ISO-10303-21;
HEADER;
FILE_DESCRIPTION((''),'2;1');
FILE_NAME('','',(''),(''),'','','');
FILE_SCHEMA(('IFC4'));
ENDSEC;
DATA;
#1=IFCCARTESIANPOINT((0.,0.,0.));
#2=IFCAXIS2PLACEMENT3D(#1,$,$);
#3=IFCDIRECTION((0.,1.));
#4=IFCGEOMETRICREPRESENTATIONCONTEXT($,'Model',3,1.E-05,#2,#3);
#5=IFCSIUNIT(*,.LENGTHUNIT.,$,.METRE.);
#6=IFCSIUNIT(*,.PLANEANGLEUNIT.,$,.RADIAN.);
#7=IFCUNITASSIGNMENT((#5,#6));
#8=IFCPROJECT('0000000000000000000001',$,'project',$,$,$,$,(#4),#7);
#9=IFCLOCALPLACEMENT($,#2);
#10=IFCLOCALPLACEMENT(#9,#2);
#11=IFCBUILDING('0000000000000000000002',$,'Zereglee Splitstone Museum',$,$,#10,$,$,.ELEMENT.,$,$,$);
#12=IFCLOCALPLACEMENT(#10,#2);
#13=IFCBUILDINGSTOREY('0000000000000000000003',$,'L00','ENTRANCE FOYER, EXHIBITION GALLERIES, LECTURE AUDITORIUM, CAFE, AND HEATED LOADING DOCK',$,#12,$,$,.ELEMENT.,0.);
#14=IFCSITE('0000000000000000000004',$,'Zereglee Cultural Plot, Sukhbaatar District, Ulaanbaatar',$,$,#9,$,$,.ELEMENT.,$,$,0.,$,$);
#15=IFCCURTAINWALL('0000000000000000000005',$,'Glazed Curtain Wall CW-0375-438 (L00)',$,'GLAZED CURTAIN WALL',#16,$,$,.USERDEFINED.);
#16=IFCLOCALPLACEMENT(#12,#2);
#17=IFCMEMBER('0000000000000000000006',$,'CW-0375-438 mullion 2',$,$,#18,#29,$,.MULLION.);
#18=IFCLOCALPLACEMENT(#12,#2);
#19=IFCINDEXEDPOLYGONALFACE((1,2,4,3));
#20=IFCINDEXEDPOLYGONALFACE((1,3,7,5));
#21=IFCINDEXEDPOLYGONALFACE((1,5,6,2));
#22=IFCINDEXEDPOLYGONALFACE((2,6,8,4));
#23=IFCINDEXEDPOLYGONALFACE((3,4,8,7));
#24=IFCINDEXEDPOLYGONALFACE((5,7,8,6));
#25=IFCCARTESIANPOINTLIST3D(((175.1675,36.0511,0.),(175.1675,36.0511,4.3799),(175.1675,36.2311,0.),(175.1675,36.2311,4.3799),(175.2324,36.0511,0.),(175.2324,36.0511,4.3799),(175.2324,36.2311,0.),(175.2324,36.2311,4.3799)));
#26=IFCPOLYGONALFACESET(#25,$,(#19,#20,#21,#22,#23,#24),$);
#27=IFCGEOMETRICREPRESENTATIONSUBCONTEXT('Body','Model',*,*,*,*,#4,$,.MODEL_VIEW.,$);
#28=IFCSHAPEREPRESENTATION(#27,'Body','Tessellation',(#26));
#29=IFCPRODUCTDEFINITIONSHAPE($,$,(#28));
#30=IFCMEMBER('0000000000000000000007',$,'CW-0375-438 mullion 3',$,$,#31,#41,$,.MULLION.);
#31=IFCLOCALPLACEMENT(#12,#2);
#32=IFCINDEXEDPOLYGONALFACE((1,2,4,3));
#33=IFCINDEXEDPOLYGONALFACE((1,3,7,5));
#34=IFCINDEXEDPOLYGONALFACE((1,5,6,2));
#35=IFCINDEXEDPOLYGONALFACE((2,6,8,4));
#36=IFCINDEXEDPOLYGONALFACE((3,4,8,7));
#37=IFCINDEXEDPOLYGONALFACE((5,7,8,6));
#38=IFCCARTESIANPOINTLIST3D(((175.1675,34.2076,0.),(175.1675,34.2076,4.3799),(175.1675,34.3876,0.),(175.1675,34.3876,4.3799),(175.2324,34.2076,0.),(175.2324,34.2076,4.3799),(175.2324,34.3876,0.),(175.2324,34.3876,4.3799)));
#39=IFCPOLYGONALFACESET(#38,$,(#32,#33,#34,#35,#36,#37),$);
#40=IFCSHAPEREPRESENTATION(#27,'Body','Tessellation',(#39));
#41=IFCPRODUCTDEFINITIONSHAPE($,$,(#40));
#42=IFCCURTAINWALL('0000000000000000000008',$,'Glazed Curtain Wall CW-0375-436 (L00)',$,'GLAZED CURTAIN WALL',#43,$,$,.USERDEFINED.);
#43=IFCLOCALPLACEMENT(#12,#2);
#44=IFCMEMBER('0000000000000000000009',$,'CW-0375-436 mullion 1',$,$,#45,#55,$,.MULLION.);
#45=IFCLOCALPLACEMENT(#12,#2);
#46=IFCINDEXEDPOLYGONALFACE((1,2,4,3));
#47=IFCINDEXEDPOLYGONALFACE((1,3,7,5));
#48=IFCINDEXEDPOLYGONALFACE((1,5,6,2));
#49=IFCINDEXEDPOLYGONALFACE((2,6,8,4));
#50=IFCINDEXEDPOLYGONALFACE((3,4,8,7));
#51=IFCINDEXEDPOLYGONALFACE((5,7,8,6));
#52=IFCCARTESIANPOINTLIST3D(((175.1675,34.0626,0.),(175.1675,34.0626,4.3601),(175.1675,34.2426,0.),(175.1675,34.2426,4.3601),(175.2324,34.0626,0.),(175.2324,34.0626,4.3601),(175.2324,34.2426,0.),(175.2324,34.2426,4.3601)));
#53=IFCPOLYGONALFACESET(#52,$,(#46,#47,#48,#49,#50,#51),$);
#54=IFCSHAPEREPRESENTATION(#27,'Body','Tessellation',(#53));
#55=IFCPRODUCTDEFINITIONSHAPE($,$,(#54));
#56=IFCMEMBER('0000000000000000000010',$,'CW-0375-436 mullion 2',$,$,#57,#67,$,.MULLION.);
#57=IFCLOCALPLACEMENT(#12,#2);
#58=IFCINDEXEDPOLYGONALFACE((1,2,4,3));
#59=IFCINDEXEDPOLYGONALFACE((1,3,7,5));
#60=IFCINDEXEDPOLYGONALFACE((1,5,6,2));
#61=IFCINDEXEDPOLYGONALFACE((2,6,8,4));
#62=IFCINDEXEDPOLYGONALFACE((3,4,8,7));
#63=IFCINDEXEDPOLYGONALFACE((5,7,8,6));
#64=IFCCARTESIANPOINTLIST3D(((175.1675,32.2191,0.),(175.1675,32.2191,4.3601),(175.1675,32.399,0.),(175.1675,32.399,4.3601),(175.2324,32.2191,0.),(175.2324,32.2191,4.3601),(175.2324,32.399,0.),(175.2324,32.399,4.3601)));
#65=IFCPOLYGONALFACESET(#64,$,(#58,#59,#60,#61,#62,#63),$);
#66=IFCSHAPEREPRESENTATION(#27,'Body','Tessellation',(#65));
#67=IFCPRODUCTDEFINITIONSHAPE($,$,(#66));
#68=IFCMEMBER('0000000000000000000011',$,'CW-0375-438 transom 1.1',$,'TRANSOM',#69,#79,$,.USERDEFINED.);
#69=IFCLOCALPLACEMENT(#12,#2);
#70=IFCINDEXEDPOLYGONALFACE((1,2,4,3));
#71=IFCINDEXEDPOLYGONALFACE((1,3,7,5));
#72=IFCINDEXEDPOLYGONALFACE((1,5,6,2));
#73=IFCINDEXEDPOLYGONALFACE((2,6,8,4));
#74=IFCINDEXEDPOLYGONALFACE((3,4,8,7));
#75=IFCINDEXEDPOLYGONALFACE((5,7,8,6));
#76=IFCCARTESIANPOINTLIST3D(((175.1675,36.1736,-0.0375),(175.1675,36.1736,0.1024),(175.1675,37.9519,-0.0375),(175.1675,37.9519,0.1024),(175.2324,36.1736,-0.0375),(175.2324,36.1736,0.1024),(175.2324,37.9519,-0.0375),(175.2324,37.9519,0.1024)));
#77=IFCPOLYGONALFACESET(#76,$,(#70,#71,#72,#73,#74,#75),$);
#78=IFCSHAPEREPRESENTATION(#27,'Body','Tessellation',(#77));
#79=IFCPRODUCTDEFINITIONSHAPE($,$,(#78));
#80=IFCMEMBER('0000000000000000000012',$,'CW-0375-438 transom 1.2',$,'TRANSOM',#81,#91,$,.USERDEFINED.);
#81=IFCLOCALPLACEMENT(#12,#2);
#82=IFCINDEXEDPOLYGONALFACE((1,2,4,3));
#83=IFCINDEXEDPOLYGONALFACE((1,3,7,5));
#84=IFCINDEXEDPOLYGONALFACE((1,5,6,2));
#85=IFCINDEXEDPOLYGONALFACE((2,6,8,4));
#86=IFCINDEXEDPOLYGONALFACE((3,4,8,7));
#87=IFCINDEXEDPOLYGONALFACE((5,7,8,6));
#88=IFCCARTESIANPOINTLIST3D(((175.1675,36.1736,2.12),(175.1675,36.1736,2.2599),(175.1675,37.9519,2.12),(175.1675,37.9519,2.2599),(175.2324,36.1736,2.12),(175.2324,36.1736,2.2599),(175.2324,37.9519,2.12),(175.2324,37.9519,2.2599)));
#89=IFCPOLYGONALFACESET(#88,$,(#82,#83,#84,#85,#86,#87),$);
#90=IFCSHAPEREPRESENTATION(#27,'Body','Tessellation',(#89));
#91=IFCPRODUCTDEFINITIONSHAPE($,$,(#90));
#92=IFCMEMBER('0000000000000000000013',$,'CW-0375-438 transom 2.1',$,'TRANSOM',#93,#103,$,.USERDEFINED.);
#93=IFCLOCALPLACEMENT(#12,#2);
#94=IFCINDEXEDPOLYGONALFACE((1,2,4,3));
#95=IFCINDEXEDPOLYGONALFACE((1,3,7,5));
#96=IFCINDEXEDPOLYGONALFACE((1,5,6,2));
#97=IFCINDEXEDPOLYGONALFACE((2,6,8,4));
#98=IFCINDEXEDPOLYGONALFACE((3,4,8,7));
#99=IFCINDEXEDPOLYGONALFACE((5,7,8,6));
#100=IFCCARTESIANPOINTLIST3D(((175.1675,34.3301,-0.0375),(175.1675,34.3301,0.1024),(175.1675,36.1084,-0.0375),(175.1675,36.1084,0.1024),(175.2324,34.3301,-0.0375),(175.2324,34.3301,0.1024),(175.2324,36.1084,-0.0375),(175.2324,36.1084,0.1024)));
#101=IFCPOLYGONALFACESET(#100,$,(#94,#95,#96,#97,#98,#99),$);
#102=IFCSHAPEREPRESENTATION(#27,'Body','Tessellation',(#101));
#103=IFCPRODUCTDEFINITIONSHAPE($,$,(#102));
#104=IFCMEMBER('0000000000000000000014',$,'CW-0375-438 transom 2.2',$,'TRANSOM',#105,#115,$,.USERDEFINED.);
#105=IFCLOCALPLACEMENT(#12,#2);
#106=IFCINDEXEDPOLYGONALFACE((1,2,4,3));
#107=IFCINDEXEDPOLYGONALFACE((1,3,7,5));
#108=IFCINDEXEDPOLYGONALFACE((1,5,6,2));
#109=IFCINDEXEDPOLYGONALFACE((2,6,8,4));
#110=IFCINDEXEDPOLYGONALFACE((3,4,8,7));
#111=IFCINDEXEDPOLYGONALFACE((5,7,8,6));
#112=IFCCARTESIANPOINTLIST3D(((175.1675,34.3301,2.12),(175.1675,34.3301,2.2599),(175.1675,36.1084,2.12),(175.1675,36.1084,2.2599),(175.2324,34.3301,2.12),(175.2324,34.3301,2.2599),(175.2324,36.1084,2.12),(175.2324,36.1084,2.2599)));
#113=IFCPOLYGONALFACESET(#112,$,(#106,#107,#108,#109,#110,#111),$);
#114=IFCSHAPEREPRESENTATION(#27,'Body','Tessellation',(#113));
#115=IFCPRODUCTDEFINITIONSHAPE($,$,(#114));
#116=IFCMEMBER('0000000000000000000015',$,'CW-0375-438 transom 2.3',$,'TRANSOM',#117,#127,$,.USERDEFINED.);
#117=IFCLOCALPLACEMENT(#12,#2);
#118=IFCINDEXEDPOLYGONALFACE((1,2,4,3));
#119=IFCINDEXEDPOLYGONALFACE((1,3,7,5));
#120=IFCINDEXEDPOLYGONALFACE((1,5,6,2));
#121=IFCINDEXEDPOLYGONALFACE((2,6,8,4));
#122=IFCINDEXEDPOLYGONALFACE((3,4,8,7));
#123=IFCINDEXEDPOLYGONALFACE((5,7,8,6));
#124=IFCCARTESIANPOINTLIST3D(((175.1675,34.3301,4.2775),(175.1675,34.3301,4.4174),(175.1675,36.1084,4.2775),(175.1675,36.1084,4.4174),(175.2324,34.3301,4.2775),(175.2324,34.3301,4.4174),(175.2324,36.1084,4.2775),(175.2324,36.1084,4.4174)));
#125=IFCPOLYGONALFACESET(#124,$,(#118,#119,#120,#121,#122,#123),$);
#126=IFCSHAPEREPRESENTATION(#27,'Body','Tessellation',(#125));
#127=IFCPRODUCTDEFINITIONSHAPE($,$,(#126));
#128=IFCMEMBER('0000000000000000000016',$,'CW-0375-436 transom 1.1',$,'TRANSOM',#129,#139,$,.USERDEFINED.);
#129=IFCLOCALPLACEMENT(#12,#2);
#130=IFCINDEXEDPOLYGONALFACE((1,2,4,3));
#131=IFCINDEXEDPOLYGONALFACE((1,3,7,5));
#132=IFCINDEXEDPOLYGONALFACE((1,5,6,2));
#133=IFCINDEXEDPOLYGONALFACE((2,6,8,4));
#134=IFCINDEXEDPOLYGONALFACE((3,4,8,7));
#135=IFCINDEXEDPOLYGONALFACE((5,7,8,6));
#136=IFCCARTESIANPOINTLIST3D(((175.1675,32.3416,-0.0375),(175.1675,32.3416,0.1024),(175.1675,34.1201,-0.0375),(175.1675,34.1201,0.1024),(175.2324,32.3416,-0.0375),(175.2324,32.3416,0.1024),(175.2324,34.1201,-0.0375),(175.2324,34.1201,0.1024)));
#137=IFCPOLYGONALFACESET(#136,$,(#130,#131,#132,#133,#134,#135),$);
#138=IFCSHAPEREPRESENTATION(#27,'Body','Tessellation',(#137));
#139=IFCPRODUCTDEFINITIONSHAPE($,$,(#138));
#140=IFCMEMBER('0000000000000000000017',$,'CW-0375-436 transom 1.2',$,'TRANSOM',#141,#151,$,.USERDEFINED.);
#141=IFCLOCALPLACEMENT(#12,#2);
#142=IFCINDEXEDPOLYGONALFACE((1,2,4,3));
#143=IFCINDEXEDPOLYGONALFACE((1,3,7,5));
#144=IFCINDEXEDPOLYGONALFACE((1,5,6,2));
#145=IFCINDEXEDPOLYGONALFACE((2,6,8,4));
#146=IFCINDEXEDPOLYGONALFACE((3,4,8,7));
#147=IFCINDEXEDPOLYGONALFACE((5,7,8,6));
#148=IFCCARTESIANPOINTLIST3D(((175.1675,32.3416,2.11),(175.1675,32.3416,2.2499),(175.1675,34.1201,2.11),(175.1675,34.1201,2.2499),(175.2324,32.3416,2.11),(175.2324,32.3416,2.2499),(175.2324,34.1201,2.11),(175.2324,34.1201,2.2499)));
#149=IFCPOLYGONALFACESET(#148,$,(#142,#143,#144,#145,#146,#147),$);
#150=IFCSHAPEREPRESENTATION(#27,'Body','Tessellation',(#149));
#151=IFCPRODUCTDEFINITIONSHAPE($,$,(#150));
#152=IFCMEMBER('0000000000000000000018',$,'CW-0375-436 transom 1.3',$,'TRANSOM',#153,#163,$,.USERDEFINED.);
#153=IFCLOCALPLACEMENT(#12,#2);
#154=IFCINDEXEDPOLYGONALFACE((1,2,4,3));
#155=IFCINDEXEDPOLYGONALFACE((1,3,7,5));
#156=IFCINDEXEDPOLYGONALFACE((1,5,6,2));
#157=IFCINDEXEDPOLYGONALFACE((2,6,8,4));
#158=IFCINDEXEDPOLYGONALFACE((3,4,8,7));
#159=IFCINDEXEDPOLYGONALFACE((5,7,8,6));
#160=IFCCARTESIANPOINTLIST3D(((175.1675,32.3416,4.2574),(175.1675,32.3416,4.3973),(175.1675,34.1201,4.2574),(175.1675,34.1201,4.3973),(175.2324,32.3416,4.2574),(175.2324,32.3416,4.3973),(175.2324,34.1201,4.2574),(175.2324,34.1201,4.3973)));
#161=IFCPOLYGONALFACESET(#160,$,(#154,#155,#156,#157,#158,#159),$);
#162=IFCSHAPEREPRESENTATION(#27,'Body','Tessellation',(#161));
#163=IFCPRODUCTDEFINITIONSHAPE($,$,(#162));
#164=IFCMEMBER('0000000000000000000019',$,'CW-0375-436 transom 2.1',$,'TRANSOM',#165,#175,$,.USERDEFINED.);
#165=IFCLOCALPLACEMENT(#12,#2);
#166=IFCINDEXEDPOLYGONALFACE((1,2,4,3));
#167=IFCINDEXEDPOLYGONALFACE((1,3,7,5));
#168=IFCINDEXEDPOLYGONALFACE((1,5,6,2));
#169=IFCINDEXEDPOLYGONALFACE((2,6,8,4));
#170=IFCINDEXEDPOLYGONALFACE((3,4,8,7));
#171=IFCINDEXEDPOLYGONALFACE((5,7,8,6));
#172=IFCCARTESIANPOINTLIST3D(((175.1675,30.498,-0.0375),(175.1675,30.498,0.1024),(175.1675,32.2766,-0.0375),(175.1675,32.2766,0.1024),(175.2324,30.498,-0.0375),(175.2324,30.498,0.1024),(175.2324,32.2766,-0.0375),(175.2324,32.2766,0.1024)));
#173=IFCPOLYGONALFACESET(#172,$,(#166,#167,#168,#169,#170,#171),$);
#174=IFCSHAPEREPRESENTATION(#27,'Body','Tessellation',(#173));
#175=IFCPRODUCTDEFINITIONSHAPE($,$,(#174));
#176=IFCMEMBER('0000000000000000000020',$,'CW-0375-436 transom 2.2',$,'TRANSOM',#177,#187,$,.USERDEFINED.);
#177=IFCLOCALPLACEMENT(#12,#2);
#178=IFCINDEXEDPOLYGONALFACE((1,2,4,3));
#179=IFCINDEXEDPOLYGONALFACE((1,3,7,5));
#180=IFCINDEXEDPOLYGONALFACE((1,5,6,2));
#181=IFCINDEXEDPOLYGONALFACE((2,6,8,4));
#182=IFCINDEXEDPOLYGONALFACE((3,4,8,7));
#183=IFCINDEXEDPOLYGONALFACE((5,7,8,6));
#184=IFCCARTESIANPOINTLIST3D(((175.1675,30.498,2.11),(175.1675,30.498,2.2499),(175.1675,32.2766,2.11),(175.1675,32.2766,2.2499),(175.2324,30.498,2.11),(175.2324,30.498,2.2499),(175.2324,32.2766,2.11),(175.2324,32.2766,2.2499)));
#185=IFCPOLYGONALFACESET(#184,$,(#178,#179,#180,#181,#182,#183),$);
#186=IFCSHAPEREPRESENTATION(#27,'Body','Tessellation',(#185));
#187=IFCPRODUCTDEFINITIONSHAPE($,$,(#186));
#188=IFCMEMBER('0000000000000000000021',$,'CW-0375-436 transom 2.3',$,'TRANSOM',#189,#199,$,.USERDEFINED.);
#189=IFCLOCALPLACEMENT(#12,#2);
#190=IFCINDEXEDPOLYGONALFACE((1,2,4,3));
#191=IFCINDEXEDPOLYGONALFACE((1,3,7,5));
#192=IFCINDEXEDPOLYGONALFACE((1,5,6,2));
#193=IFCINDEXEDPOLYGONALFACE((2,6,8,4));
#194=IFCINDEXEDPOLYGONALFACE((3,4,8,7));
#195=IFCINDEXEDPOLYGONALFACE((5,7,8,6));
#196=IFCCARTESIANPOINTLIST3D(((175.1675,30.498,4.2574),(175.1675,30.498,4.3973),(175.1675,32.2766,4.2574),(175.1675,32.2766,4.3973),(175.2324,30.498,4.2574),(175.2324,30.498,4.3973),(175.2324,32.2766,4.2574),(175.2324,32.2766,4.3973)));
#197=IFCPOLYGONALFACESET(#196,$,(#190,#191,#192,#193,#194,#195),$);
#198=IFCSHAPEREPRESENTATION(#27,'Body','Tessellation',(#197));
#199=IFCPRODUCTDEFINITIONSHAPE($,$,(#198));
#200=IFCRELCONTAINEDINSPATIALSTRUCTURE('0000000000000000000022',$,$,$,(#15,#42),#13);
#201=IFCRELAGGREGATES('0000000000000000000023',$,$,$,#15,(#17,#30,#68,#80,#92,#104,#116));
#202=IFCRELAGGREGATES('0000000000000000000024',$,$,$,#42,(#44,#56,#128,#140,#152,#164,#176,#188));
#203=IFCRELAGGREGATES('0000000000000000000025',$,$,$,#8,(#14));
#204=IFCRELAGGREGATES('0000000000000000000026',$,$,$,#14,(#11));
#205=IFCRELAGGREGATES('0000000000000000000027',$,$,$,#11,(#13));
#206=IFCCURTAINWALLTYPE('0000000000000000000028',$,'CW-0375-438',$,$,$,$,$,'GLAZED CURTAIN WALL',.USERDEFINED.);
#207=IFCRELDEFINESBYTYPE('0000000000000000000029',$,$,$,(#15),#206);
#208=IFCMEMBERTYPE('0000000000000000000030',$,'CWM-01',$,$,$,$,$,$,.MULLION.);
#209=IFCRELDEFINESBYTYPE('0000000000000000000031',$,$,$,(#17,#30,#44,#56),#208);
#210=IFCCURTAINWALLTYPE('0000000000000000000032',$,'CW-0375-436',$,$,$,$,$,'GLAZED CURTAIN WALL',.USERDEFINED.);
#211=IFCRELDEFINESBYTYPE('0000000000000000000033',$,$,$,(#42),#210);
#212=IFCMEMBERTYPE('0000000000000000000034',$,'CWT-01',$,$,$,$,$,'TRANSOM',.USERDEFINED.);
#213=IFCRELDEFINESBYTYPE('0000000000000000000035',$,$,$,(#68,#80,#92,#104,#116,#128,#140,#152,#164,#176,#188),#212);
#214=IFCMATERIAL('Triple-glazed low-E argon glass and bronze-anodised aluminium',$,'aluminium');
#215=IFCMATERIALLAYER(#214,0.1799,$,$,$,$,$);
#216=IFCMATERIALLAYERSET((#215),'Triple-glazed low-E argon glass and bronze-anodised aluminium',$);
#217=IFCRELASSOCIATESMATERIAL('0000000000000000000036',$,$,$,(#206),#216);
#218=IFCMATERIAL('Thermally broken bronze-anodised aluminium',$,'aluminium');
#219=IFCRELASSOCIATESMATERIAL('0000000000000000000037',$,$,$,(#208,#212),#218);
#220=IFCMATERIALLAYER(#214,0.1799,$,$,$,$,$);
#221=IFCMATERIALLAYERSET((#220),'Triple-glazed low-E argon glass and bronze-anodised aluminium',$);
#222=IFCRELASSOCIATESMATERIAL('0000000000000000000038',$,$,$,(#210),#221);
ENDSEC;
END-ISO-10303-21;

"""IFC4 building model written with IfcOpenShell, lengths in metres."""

from ifc_helpers import new_model, si_unit, direction, frame, origin, origin_2d, place, context, subcontext, project, spatial, rectangle, extrude, material, layer, layer_set, material_profile, profile_set, type_object, element, aggregate, save


model = new_model("IFC4")

# Units and contexts
model_context = context("Model", 3, precision=1e-05, world=origin(), true_north=direction((0.0, 1.0)))
body_context = subcontext(model_context, "Body", "Model", "MODEL_VIEW")
ifc_project = project(units=[si_unit("LENGTHUNIT", "METRE"), si_unit("PLANEANGLEUNIT", "RADIAN")], contexts=[model_context])

# Site, building, storey
site_placement = place(None, origin())
site = spatial("IfcSite", under=ifc_project, at=site_placement, Name="Zereglee Cultural Plot, Sukhbaatar District, Ulaanbaatar", CompositionType="ELEMENT", RefElevation=0.0)
building_placement = place(site_placement, origin())
building = spatial("IfcBuilding", under=site, at=building_placement, Name="Zereglee Splitstone Museum", CompositionType="ELEMENT")
storey_placement = place(building_placement, origin())
storey = spatial("IfcBuildingStorey", under=building, at=storey_placement, Name="L00", Description="ENTRANCE FOYER, EXHIBITION GALLERIES, LECTURE AUDITORIUM, CAFE, AND HEATED LOADING DOCK", CompositionType="ELEMENT", Elevation=0.0)

# Curtain walls, members
ifc_material_1 = material(Name="Triple-glazed low-E argon glass and bronze-anodised aluminium", Category="aluminium")
ifc_layer_1 = layer(ifc_material_1, 0.1799)
ifc_layer_set_1 = layer_set([ifc_layer_1], Name="Triple-glazed low-E argon glass and bronze-anodised aluminium")
curtain_wall_type_1 = type_object("IfcCurtainWallType", Name="CW-0375-438", ElementType="GLAZED CURTAIN WALL", PredefinedType="USERDEFINED", material=ifc_layer_set_1)
curtain_wall_1_placement = place(storey_placement, origin())
curtain_wall_1 = element("IfcCurtainWall", 1, at=curtain_wall_1_placement, inside=storey, type_object=curtain_wall_type_1, Name="Glazed Curtain Wall CW-0375-438 (L00)", ObjectType="GLAZED CURTAIN WALL", PredefinedType="USERDEFINED")
ifc_material_2 = material(Name="Thermally broken bronze-anodised aluminium", Category="aluminium")
ifc_material_profile_1 = material_profile(ifc_material_2, rectangle(XDim=0.0649, YDim=0.1799, at=origin_2d()), Name="CW MULL 65x180")
ifc_profile_set_1 = profile_set([ifc_material_profile_1], Name="Thermally broken bronze-anodised aluminium")
member_type_1 = type_object("IfcMemberType", Name="CWM-01", PredefinedType="MULLION", material=ifc_profile_set_1)
member_1_placement = place(storey_placement, frame((175.2, 36.1411, 0.0), z_axis=(0.0, 0.0, 1.0), x_axis=(1.0, 0.0, 0.0)))
member_1 = element("IfcMember", 2, at=member_1_placement, type_object=member_type_1, Name="CW-0375-438 mullion 2", PredefinedType="MULLION", context=body_context, shape_type="SweptSolid", body=[
    extrude(rectangle(XDim=0.0649, YDim=0.1799, at=origin_2d()), origin(), (0.0, 0.0, 1.0), 4.3799),
])
member_2_placement = place(storey_placement, frame((175.2, 34.2976, 0.0), z_axis=(0.0, 0.0, 1.0), x_axis=(1.0, 0.0, 0.0)))
member_2 = element("IfcMember", 3, at=member_2_placement, type_object=member_type_1, Name="CW-0375-438 mullion 3", PredefinedType="MULLION", context=body_context, shape_type="SweptSolid", body=[
    extrude(rectangle(XDim=0.0649, YDim=0.1799, at=origin_2d()), origin(), (0.0, 0.0, 1.0), 4.3799),
])
ifc_layer_2 = layer(ifc_material_1, 0.1799)
ifc_layer_set_2 = layer_set([ifc_layer_2], Name="Triple-glazed low-E argon glass and bronze-anodised aluminium")
curtain_wall_type_2 = type_object("IfcCurtainWallType", Name="CW-0375-436", ElementType="GLAZED CURTAIN WALL", PredefinedType="USERDEFINED", material=ifc_layer_set_2)
curtain_wall_2_placement = place(storey_placement, origin())
curtain_wall_2 = element("IfcCurtainWall", 4, at=curtain_wall_2_placement, inside=storey, type_object=curtain_wall_type_2, Name="Glazed Curtain Wall CW-0375-436 (L00)", ObjectType="GLAZED CURTAIN WALL", PredefinedType="USERDEFINED")
member_3_placement = place(storey_placement, frame((175.2, 34.1526, 0.0), z_axis=(0.0, 0.0, 1.0), x_axis=(1.0, 0.0, 0.0)))
member_3 = element("IfcMember", 5, at=member_3_placement, type_object=member_type_1, Name="CW-0375-436 mullion 1", PredefinedType="MULLION", context=body_context, shape_type="SweptSolid", body=[
    extrude(rectangle(XDim=0.0649, YDim=0.1799, at=origin_2d()), origin(), (0.0, 0.0, 1.0), 4.3601),
])
member_4_placement = place(storey_placement, frame((175.2, 32.3091, 0.0), z_axis=(0.0, 0.0, 1.0), x_axis=(1.0, 0.0, 0.0)))
member_4 = element("IfcMember", 6, at=member_4_placement, type_object=member_type_1, Name="CW-0375-436 mullion 2", PredefinedType="MULLION", context=body_context, shape_type="SweptSolid", body=[
    extrude(rectangle(XDim=0.0649, YDim=0.1799, at=origin_2d()), origin(), (0.0, 0.0, 1.0), 4.3601),
])

# Members
ifc_material_profile_2 = material_profile(ifc_material_2, rectangle(XDim=0.0649, YDim=0.1399, at=origin_2d()), Name="CW TRAN 65x140")
ifc_profile_set_2 = profile_set([ifc_material_profile_2], Name="Thermally broken bronze-anodised aluminium")
member_type_2 = type_object("IfcMemberType", Name="CWT-01", ElementType="TRANSOM", PredefinedType="USERDEFINED", material=ifc_profile_set_2)
member_5_placement = place(storey_placement, frame((175.2, 37.9519, 0.0325), z_axis=(0.0, -1.0, 0.0), x_axis=(1.0, 0.0, 0.0)))
member_5 = element("IfcMember", 7, at=member_5_placement, type_object=member_type_2, Name="CW-0375-438 transom 1.1", ObjectType="TRANSOM", PredefinedType="USERDEFINED", context=body_context, shape_type="SweptSolid", body=[
    extrude(rectangle(XDim=0.0649, YDim=0.1399, at=origin_2d()), origin(), (0.0, 0.0, 1.0), 1.7783),
])
member_6_placement = place(storey_placement, frame((175.2, 37.9519, 2.1899), z_axis=(0.0, -1.0, 0.0), x_axis=(1.0, 0.0, 0.0)))
member_6 = element("IfcMember", 8, at=member_6_placement, type_object=member_type_2, Name="CW-0375-438 transom 1.2", ObjectType="TRANSOM", PredefinedType="USERDEFINED", context=body_context, shape_type="SweptSolid", body=[
    extrude(rectangle(XDim=0.0649, YDim=0.1399, at=origin_2d()), origin(), (0.0, 0.0, 1.0), 1.7783),
])
member_7_placement = place(storey_placement, frame((175.2, 36.1084, 0.0325), z_axis=(0.0, -1.0, 0.0), x_axis=(1.0, 0.0, 0.0)))
member_7 = element("IfcMember", 9, at=member_7_placement, type_object=member_type_2, Name="CW-0375-438 transom 2.1", ObjectType="TRANSOM", PredefinedType="USERDEFINED", context=body_context, shape_type="SweptSolid", body=[
    extrude(rectangle(XDim=0.0649, YDim=0.1399, at=origin_2d()), origin(), (0.0, 0.0, 1.0), 1.7783),
])
member_8_placement = place(storey_placement, frame((175.2, 36.1084, 2.1899), z_axis=(0.0, -1.0, 0.0), x_axis=(1.0, 0.0, 0.0)))
member_8 = element("IfcMember", 10, at=member_8_placement, type_object=member_type_2, Name="CW-0375-438 transom 2.2", ObjectType="TRANSOM", PredefinedType="USERDEFINED", context=body_context, shape_type="SweptSolid", body=[
    extrude(rectangle(XDim=0.0649, YDim=0.1399, at=origin_2d()), origin(), (0.0, 0.0, 1.0), 1.7783),
])
member_9_placement = place(storey_placement, frame((175.2, 36.1084, 4.3474), z_axis=(0.0, -1.0, 0.0), x_axis=(1.0, 0.0, 0.0)))
member_9 = element("IfcMember", 11, at=member_9_placement, type_object=member_type_2, Name="CW-0375-438 transom 2.3", ObjectType="TRANSOM", PredefinedType="USERDEFINED", context=body_context, shape_type="SweptSolid", body=[
    extrude(rectangle(XDim=0.0649, YDim=0.1399, at=origin_2d()), origin(), (0.0, 0.0, 1.0), 1.7783),
])
member_10_placement = place(storey_placement, frame((175.2, 34.1201, 0.0325), z_axis=(0.0, -1.0, 0.0), x_axis=(1.0, 0.0, 0.0)))
member_10 = element("IfcMember", 12, at=member_10_placement, type_object=member_type_2, Name="CW-0375-436 transom 1.1", ObjectType="TRANSOM", PredefinedType="USERDEFINED", context=body_context, shape_type="SweptSolid", body=[
    extrude(rectangle(XDim=0.0649, YDim=0.1399, at=origin_2d()), origin(), (0.0, 0.0, 1.0), 1.7786),
])
member_11_placement = place(storey_placement, frame((175.2, 34.1201, 2.1799), z_axis=(0.0, -1.0, 0.0), x_axis=(1.0, 0.0, 0.0)))
member_11 = element("IfcMember", 13, at=member_11_placement, type_object=member_type_2, Name="CW-0375-436 transom 1.2", ObjectType="TRANSOM", PredefinedType="USERDEFINED", context=body_context, shape_type="SweptSolid", body=[
    extrude(rectangle(XDim=0.0649, YDim=0.1399, at=origin_2d()), origin(), (0.0, 0.0, 1.0), 1.7786),
])
member_12_placement = place(storey_placement, frame((175.2, 34.1201, 4.3274), z_axis=(0.0, -1.0, 0.0), x_axis=(1.0, 0.0, 0.0)))
member_12 = element("IfcMember", 14, at=member_12_placement, type_object=member_type_2, Name="CW-0375-436 transom 1.3", ObjectType="TRANSOM", PredefinedType="USERDEFINED", context=body_context, shape_type="SweptSolid", body=[
    extrude(rectangle(XDim=0.0649, YDim=0.1399, at=origin_2d()), origin(), (0.0, 0.0, 1.0), 1.7786),
])
member_13_placement = place(storey_placement, frame((175.2, 32.2766, 0.0325), z_axis=(0.0, -1.0, 0.0), x_axis=(1.0, 0.0, 0.0)))
member_13 = element("IfcMember", 15, at=member_13_placement, type_object=member_type_2, Name="CW-0375-436 transom 2.1", ObjectType="TRANSOM", PredefinedType="USERDEFINED", context=body_context, shape_type="SweptSolid", body=[
    extrude(rectangle(XDim=0.0649, YDim=0.1399, at=origin_2d()), origin(), (0.0, 0.0, 1.0), 1.7786),
])
member_14_placement = place(storey_placement, frame((175.2, 32.2766, 2.1799), z_axis=(0.0, -1.0, 0.0), x_axis=(1.0, 0.0, 0.0)))
member_14 = element("IfcMember", 16, at=member_14_placement, type_object=member_type_2, Name="CW-0375-436 transom 2.2", ObjectType="TRANSOM", PredefinedType="USERDEFINED", context=body_context, shape_type="SweptSolid", body=[
    extrude(rectangle(XDim=0.0649, YDim=0.1399, at=origin_2d()), origin(), (0.0, 0.0, 1.0), 1.7786),
])
member_15_placement = place(storey_placement, frame((175.2, 32.2766, 4.3274), z_axis=(0.0, -1.0, 0.0), x_axis=(1.0, 0.0, 0.0)))
member_15 = element("IfcMember", 17, at=member_15_placement, type_object=member_type_2, Name="CW-0375-436 transom 2.3", ObjectType="TRANSOM", PredefinedType="USERDEFINED", context=body_context, shape_type="SweptSolid", body=[
    extrude(rectangle(XDim=0.0649, YDim=0.1399, at=origin_2d()), origin(), (0.0, 0.0, 1.0), 1.7786),
])

aggregate(curtain_wall_1, [member_1, member_2, member_5, member_6, member_7, member_8, member_9])
aggregate(curtain_wall_2, [member_3, member_4, member_10, member_11, member_12, member_13, member_14, member_15])

save(model, "model.ifc")
